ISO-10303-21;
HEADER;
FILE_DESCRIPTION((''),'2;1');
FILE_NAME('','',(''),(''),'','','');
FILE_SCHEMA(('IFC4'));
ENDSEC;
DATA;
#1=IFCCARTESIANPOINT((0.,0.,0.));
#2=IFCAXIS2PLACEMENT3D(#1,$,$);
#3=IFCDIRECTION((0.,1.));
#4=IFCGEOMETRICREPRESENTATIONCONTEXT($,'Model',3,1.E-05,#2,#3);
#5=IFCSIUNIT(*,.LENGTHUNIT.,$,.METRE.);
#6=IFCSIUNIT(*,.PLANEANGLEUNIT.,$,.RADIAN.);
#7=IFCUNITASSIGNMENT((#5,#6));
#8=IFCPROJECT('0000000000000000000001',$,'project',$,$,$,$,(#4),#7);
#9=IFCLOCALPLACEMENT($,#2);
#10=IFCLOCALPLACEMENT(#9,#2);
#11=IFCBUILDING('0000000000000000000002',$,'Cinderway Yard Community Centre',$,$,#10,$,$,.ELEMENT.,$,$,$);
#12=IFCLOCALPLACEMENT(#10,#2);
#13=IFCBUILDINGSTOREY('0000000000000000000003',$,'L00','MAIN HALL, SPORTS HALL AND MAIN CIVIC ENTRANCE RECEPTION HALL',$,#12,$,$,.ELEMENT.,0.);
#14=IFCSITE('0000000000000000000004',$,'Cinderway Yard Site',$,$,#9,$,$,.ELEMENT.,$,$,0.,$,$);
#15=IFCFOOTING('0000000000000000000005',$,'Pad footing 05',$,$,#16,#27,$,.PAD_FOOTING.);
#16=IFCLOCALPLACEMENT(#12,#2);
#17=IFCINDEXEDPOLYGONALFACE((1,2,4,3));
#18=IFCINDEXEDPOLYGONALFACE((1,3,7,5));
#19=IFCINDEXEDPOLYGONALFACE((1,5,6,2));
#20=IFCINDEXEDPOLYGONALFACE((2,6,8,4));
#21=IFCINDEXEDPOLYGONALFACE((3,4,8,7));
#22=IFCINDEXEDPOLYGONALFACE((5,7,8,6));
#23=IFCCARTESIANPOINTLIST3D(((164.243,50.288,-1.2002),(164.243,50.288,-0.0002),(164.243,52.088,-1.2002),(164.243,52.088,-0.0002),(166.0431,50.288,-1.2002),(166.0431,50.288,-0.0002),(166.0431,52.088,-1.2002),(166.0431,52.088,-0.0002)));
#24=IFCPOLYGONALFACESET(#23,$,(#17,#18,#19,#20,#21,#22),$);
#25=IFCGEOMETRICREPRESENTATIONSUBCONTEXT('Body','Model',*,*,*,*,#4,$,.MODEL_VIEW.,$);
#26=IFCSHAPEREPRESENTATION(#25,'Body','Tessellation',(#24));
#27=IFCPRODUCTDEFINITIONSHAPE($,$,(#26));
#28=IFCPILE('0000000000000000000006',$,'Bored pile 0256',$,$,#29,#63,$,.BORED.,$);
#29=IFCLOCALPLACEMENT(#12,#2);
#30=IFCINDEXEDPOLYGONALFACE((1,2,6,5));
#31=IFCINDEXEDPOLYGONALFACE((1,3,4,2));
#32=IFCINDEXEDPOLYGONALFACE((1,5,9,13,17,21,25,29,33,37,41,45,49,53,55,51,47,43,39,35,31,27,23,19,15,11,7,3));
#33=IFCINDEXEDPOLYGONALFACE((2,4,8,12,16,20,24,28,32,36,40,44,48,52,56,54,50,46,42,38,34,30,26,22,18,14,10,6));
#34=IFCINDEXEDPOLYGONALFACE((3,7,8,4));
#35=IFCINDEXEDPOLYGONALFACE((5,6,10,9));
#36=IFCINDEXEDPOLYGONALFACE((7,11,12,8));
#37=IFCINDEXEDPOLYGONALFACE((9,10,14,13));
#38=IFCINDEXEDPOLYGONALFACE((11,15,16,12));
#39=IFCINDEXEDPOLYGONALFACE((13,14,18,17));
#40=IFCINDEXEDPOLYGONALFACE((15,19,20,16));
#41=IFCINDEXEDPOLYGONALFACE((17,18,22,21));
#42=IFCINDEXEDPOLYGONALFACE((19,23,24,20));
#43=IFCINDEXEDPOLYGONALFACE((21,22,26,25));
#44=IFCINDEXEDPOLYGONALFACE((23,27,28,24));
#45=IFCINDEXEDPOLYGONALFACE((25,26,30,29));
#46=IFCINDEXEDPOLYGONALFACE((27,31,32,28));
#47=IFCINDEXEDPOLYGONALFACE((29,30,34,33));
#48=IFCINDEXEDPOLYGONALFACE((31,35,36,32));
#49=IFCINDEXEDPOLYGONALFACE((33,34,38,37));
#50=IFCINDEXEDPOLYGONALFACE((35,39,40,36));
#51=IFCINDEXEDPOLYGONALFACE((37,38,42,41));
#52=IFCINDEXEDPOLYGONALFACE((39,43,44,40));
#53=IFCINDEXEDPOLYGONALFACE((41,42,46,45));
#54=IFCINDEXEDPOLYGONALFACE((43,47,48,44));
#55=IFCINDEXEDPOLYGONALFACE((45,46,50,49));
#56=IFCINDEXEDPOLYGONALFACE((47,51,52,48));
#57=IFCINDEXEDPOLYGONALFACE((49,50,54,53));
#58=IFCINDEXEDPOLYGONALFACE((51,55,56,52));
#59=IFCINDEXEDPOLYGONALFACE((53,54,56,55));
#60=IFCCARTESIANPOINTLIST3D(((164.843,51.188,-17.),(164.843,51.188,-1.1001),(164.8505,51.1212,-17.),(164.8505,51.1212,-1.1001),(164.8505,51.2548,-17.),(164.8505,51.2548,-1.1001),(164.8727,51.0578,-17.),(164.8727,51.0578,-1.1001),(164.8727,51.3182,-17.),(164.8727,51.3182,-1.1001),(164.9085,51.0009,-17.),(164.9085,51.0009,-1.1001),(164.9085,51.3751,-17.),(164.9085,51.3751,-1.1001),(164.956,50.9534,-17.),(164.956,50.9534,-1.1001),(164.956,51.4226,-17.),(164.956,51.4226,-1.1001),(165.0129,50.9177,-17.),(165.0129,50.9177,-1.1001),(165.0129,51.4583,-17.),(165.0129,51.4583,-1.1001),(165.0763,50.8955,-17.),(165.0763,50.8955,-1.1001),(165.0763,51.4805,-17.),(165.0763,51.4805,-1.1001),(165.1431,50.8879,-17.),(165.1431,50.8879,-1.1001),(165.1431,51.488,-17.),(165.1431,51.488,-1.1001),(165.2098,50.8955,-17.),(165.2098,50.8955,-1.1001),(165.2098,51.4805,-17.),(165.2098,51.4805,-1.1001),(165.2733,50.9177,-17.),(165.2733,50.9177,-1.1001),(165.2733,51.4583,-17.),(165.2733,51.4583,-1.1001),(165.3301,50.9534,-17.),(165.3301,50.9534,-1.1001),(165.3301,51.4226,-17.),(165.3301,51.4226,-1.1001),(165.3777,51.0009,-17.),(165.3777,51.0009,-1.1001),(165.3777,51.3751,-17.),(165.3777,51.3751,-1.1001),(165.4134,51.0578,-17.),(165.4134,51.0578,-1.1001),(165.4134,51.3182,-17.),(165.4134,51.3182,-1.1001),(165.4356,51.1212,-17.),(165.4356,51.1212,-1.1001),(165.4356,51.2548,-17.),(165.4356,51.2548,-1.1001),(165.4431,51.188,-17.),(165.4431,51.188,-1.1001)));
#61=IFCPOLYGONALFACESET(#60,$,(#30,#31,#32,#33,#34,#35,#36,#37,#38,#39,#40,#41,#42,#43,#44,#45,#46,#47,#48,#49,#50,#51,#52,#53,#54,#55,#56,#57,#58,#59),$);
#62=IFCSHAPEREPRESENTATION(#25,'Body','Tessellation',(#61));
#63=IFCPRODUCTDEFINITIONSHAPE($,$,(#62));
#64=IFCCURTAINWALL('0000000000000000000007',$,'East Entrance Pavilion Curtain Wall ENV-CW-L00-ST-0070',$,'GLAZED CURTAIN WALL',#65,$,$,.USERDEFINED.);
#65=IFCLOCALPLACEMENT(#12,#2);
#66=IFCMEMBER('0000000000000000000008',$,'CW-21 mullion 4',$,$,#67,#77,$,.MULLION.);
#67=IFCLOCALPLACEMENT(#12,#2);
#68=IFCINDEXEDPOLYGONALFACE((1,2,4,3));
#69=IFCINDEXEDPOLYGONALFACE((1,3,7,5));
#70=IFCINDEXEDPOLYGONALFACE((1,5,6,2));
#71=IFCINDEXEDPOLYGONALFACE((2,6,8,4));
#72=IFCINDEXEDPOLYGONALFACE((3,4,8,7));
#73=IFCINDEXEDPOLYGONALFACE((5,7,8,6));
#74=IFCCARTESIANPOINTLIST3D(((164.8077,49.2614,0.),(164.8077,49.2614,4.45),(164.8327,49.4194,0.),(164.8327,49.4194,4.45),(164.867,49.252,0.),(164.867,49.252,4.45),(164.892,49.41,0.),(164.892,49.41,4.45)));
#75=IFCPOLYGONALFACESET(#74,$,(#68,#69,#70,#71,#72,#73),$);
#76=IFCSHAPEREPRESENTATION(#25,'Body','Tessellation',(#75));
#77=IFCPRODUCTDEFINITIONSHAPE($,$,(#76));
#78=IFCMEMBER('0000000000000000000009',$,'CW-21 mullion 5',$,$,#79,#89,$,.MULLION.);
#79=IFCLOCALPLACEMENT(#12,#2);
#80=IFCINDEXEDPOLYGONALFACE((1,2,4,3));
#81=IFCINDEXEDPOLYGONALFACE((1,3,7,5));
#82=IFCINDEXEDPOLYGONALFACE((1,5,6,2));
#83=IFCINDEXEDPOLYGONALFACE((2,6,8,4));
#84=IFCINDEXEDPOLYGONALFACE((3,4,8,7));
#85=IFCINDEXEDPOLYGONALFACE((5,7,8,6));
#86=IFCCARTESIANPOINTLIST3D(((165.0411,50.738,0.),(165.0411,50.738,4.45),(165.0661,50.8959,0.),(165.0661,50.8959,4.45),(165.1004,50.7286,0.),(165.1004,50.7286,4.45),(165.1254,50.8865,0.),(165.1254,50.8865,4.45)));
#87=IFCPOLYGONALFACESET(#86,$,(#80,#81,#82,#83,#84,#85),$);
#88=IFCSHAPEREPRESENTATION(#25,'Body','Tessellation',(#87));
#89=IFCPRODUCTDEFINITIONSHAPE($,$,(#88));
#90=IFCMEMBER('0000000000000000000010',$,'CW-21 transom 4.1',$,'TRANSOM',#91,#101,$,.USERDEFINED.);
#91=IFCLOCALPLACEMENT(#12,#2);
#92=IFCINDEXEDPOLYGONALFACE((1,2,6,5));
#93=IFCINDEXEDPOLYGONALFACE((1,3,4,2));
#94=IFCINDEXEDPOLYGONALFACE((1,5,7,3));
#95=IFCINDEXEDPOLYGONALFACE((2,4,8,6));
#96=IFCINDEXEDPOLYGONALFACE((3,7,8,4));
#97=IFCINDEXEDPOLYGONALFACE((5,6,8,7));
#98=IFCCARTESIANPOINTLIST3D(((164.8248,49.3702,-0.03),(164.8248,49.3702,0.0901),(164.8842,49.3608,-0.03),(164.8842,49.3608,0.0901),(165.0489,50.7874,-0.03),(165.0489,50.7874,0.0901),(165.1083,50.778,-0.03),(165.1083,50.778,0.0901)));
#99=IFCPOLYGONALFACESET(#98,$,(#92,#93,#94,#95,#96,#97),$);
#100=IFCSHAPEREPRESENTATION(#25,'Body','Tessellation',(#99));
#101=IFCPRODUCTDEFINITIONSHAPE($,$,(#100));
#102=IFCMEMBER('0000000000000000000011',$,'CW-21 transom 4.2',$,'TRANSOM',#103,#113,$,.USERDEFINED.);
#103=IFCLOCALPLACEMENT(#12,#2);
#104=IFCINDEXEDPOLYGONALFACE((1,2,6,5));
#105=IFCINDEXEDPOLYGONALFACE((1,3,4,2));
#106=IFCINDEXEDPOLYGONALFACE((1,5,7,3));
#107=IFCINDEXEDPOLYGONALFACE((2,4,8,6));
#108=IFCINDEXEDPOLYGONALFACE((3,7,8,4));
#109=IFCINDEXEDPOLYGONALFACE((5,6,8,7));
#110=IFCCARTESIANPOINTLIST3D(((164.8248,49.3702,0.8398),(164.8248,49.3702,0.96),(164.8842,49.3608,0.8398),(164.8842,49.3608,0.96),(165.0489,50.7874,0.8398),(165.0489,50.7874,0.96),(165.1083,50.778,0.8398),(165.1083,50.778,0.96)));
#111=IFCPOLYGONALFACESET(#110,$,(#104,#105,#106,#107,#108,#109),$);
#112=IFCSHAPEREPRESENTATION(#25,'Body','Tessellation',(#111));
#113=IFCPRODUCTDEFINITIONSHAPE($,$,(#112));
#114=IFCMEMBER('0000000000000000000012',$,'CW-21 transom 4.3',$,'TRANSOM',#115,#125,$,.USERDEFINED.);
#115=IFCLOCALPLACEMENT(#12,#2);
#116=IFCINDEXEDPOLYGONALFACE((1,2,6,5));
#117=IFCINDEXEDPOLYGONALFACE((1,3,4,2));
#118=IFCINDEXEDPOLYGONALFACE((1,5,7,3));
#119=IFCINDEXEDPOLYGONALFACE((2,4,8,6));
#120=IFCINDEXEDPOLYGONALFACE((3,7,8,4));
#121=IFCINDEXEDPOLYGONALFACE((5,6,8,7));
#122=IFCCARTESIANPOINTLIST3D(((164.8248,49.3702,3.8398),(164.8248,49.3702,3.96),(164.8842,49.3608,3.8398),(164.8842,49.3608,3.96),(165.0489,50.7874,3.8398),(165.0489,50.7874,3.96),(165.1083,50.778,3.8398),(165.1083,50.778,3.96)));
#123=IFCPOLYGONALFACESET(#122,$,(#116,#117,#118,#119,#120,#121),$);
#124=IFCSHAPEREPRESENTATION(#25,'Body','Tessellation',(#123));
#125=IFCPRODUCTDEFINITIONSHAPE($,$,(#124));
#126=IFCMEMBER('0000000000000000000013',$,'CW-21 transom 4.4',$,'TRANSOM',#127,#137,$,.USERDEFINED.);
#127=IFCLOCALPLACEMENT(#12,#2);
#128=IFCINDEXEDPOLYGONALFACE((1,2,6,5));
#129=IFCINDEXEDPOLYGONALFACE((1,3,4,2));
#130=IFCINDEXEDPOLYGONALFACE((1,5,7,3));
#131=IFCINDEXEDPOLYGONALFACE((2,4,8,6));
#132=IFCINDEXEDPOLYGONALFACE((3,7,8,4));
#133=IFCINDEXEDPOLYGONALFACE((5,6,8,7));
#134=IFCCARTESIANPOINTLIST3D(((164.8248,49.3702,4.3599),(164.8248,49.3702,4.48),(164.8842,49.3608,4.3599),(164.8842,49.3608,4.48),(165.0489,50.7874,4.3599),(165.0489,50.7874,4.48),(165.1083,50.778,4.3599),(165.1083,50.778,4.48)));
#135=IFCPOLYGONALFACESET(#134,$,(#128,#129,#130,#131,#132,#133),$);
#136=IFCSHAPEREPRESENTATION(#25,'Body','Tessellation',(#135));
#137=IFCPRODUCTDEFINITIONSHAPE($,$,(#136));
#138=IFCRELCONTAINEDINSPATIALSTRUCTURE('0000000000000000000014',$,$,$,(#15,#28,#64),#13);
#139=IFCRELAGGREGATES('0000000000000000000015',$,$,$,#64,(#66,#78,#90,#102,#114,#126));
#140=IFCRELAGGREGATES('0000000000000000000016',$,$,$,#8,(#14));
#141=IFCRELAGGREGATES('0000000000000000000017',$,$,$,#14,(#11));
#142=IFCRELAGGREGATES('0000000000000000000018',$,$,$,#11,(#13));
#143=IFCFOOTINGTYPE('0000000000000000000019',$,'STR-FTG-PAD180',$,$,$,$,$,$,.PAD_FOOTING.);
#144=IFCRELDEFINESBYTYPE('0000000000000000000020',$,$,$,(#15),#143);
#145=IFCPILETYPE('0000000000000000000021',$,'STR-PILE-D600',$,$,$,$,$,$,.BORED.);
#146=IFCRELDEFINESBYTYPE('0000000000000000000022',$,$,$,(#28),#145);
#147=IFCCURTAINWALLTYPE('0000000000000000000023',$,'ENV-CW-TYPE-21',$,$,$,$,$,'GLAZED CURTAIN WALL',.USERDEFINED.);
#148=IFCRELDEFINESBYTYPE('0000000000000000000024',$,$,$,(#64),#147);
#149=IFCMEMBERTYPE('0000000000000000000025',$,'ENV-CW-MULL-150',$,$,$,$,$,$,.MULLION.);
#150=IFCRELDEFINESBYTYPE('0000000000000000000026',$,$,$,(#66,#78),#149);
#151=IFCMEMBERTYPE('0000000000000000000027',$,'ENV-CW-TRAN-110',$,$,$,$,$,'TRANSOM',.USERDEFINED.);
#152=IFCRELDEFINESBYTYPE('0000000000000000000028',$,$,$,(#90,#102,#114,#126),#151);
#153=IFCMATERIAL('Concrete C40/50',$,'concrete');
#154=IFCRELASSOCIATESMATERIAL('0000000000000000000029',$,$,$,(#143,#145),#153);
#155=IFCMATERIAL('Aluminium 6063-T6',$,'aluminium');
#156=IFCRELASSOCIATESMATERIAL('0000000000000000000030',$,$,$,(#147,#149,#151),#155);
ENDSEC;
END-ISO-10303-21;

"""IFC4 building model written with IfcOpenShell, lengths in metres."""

from ifc_helpers import new_model, si_unit, direction, frame, origin, origin_2d, place, context, subcontext, project, spatial, rectangle, circle, extrude, material, material_profile, profile_set, type_object, element, aggregate, save


model = new_model("IFC4")

# Units and contexts
model_context = context("Model", 3, precision=1e-05, world=origin(), true_north=direction((0.0, 1.0)))
body_context = subcontext(model_context, "Body", "Model", "MODEL_VIEW")
ifc_project = project(units=[si_unit("LENGTHUNIT", "METRE"), si_unit("PLANEANGLEUNIT", "RADIAN")], contexts=[model_context])

# Site, building, storey
site_placement = place(None, origin())
site = spatial("IfcSite", under=ifc_project, at=site_placement, Name="Cinderway Yard Site", CompositionType="ELEMENT", RefElevation=0.0)
building_placement = place(site_placement, origin())
building = spatial("IfcBuilding", under=site, at=building_placement, Name="Cinderway Yard Community Centre", CompositionType="ELEMENT")
storey_placement = place(building_placement, origin())
storey = spatial("IfcBuildingStorey", under=building, at=storey_placement, Name="L00", Description="MAIN HALL, SPORTS HALL AND MAIN CIVIC ENTRANCE RECEPTION HALL", CompositionType="ELEMENT", Elevation=0.0)

# Footing
ifc_material_1 = material(Name="Concrete C40/50", Category="concrete")
footing_type = type_object("IfcFootingType", Name="STR-FTG-PAD180", PredefinedType="PAD_FOOTING", material=ifc_material_1)
footing_placement = place(storey_placement, frame((165.1431, 51.188, -1.2002), z_axis=(0.0, 0.0, 1.0), x_axis=(1.0, 0.0, 0.0)))
element("IfcFooting", 1, at=footing_placement, inside=storey, type_object=footing_type, Name="Pad footing 05", PredefinedType="PAD_FOOTING", context=body_context, shape_type="SweptSolid", body=[
    extrude(rectangle(XDim=1.8, YDim=1.8, at=origin_2d()), origin(), (0.0, 0.0, 1.0), 1.2),
])

# Pile
ifc_material_profile_1 = material_profile(ifc_material_1, circle(Radius=0.3, at=origin_2d()), Name="Concrete C40/50")
ifc_profile_set_1 = profile_set([ifc_material_profile_1], Name="Concrete C40/50")
pile_type = type_object("IfcPileType", Name="STR-PILE-D600", PredefinedType="BORED", material=ifc_profile_set_1)
pile_placement = place(storey_placement, frame((165.1431, 51.188, -1.1001), z_axis=(0.0, 0.0, -1.0), x_axis=(1.0, 0.0, 0.0)))
element("IfcPile", 2, at=pile_placement, inside=storey, type_object=pile_type, Name="Bored pile 0256", PredefinedType="BORED", context=body_context, shape_type="SweptSolid", body=[
    extrude(circle(Radius=0.3, at=origin_2d()), origin(), (0.0, 0.0, 1.0), 15.8999),
])

# Curtain wall, members
ifc_material_2 = material(Name="Aluminium 6063-T6", Category="aluminium")
curtain_wall_type = type_object("IfcCurtainWallType", Name="ENV-CW-TYPE-21", ElementType="GLAZED CURTAIN WALL", PredefinedType="USERDEFINED", material=ifc_material_2)
curtain_wall_placement = place(storey_placement, origin())
curtain_wall = element("IfcCurtainWall", 3, at=curtain_wall_placement, inside=storey, type_object=curtain_wall_type, Name="East Entrance Pavilion Curtain Wall ENV-CW-L00-ST-0070", ObjectType="GLAZED CURTAIN WALL", PredefinedType="USERDEFINED")
ifc_material_profile_2 = material_profile(ifc_material_2, rectangle(XDim=0.0601, YDim=0.1599, at=origin_2d()), Name="Aluminium 6063-T6")
ifc_profile_set_2 = profile_set([ifc_material_profile_2], Name="Aluminium 6063-T6")
member_type_1 = type_object("IfcMemberType", Name="ENV-CW-MULL-150", PredefinedType="MULLION", material=ifc_profile_set_2)
member_1_placement = place(storey_placement, frame((164.8499, 49.3357, 0.0), z_axis=(0.0, 0.0, 1.0), x_axis=(-0.98772, 0.156232, 0.0)))
member_1 = element("IfcMember", 4, at=member_1_placement, type_object=member_type_1, Name="CW-21 mullion 4", PredefinedType="MULLION", context=body_context, shape_type="SweptSolid", body=[
    extrude(rectangle(XDim=0.0601, YDim=0.1599, at=origin_2d()), origin(), (0.0, 0.0, 1.0), 4.45),
])
member_2_placement = place(storey_placement, frame((165.0833, 50.8123, 0.0), z_axis=(0.0, 0.0, 1.0), x_axis=(-0.98772, 0.156232, 0.0)))
member_2 = element("IfcMember", 5, at=member_2_placement, type_object=member_type_1, Name="CW-21 mullion 5", PredefinedType="MULLION", context=body_context, shape_type="SweptSolid", body=[
    extrude(rectangle(XDim=0.0601, YDim=0.1599, at=origin_2d()), origin(), (0.0, 0.0, 1.0), 4.45),
])
ifc_material_profile_3 = material_profile(ifc_material_2, rectangle(XDim=0.0601, YDim=0.1201, at=origin_2d()), Name="Aluminium 6063-T6")
ifc_profile_set_3 = profile_set([ifc_material_profile_3], Name="Aluminium 6063-T6")
member_type_2 = type_object("IfcMemberType", Name="ENV-CW-TRAN-110", ElementType="TRANSOM", PredefinedType="USERDEFINED", material=ifc_profile_set_3)
member_3_placement = place(storey_placement, frame((164.8545, 49.3655, 0.03), z_axis=(0.156198, 0.987726, 0.0), x_axis=(-0.987726, 0.156198, 0.0)))
member_3 = element("IfcMember", 6, at=member_3_placement, type_object=member_type_2, Name="CW-21 transom 4.1", ObjectType="TRANSOM", PredefinedType="USERDEFINED", context=body_context, shape_type="SweptSolid", body=[
    extrude(rectangle(XDim=0.0601, YDim=0.1201, at=origin_2d()), origin(), (0.0, 0.0, 1.0), 1.4348),
])
member_4_placement = place(storey_placement, frame((164.8545, 49.3655, 0.8999), z_axis=(0.156198, 0.987726, 0.0), x_axis=(-0.987726, 0.156198, 0.0)))
member_4 = element("IfcMember", 7, at=member_4_placement, type_object=member_type_2, Name="CW-21 transom 4.2", ObjectType="TRANSOM", PredefinedType="USERDEFINED", context=body_context, shape_type="SweptSolid", body=[
    extrude(rectangle(XDim=0.0601, YDim=0.1201, at=origin_2d()), origin(), (0.0, 0.0, 1.0), 1.4348),
])
member_5_placement = place(storey_placement, frame((164.8545, 49.3655, 3.8999), z_axis=(0.156198, 0.987726, 0.0), x_axis=(-0.987726, 0.156198, 0.0)))
member_5 = element("IfcMember", 8, at=member_5_placement, type_object=member_type_2, Name="CW-21 transom 4.3", ObjectType="TRANSOM", PredefinedType="USERDEFINED", context=body_context, shape_type="SweptSolid", body=[
    extrude(rectangle(XDim=0.0601, YDim=0.1201, at=origin_2d()), origin(), (0.0, 0.0, 1.0), 1.4348),
])
member_6_placement = place(storey_placement, frame((164.8545, 49.3655, 4.4199), z_axis=(0.156198, 0.987726, 0.0), x_axis=(-0.987726, 0.156198, 0.0)))
member_6 = element("IfcMember", 9, at=member_6_placement, type_object=member_type_2, Name="CW-21 transom 4.4", ObjectType="TRANSOM", PredefinedType="USERDEFINED", context=body_context, shape_type="SweptSolid", body=[
    extrude(rectangle(XDim=0.0601, YDim=0.1201, at=origin_2d()), origin(), (0.0, 0.0, 1.0), 1.4348),
])

aggregate(curtain_wall, [member_1, member_2, member_3, member_4, member_5, member_6])

save(model, "model.ifc")
